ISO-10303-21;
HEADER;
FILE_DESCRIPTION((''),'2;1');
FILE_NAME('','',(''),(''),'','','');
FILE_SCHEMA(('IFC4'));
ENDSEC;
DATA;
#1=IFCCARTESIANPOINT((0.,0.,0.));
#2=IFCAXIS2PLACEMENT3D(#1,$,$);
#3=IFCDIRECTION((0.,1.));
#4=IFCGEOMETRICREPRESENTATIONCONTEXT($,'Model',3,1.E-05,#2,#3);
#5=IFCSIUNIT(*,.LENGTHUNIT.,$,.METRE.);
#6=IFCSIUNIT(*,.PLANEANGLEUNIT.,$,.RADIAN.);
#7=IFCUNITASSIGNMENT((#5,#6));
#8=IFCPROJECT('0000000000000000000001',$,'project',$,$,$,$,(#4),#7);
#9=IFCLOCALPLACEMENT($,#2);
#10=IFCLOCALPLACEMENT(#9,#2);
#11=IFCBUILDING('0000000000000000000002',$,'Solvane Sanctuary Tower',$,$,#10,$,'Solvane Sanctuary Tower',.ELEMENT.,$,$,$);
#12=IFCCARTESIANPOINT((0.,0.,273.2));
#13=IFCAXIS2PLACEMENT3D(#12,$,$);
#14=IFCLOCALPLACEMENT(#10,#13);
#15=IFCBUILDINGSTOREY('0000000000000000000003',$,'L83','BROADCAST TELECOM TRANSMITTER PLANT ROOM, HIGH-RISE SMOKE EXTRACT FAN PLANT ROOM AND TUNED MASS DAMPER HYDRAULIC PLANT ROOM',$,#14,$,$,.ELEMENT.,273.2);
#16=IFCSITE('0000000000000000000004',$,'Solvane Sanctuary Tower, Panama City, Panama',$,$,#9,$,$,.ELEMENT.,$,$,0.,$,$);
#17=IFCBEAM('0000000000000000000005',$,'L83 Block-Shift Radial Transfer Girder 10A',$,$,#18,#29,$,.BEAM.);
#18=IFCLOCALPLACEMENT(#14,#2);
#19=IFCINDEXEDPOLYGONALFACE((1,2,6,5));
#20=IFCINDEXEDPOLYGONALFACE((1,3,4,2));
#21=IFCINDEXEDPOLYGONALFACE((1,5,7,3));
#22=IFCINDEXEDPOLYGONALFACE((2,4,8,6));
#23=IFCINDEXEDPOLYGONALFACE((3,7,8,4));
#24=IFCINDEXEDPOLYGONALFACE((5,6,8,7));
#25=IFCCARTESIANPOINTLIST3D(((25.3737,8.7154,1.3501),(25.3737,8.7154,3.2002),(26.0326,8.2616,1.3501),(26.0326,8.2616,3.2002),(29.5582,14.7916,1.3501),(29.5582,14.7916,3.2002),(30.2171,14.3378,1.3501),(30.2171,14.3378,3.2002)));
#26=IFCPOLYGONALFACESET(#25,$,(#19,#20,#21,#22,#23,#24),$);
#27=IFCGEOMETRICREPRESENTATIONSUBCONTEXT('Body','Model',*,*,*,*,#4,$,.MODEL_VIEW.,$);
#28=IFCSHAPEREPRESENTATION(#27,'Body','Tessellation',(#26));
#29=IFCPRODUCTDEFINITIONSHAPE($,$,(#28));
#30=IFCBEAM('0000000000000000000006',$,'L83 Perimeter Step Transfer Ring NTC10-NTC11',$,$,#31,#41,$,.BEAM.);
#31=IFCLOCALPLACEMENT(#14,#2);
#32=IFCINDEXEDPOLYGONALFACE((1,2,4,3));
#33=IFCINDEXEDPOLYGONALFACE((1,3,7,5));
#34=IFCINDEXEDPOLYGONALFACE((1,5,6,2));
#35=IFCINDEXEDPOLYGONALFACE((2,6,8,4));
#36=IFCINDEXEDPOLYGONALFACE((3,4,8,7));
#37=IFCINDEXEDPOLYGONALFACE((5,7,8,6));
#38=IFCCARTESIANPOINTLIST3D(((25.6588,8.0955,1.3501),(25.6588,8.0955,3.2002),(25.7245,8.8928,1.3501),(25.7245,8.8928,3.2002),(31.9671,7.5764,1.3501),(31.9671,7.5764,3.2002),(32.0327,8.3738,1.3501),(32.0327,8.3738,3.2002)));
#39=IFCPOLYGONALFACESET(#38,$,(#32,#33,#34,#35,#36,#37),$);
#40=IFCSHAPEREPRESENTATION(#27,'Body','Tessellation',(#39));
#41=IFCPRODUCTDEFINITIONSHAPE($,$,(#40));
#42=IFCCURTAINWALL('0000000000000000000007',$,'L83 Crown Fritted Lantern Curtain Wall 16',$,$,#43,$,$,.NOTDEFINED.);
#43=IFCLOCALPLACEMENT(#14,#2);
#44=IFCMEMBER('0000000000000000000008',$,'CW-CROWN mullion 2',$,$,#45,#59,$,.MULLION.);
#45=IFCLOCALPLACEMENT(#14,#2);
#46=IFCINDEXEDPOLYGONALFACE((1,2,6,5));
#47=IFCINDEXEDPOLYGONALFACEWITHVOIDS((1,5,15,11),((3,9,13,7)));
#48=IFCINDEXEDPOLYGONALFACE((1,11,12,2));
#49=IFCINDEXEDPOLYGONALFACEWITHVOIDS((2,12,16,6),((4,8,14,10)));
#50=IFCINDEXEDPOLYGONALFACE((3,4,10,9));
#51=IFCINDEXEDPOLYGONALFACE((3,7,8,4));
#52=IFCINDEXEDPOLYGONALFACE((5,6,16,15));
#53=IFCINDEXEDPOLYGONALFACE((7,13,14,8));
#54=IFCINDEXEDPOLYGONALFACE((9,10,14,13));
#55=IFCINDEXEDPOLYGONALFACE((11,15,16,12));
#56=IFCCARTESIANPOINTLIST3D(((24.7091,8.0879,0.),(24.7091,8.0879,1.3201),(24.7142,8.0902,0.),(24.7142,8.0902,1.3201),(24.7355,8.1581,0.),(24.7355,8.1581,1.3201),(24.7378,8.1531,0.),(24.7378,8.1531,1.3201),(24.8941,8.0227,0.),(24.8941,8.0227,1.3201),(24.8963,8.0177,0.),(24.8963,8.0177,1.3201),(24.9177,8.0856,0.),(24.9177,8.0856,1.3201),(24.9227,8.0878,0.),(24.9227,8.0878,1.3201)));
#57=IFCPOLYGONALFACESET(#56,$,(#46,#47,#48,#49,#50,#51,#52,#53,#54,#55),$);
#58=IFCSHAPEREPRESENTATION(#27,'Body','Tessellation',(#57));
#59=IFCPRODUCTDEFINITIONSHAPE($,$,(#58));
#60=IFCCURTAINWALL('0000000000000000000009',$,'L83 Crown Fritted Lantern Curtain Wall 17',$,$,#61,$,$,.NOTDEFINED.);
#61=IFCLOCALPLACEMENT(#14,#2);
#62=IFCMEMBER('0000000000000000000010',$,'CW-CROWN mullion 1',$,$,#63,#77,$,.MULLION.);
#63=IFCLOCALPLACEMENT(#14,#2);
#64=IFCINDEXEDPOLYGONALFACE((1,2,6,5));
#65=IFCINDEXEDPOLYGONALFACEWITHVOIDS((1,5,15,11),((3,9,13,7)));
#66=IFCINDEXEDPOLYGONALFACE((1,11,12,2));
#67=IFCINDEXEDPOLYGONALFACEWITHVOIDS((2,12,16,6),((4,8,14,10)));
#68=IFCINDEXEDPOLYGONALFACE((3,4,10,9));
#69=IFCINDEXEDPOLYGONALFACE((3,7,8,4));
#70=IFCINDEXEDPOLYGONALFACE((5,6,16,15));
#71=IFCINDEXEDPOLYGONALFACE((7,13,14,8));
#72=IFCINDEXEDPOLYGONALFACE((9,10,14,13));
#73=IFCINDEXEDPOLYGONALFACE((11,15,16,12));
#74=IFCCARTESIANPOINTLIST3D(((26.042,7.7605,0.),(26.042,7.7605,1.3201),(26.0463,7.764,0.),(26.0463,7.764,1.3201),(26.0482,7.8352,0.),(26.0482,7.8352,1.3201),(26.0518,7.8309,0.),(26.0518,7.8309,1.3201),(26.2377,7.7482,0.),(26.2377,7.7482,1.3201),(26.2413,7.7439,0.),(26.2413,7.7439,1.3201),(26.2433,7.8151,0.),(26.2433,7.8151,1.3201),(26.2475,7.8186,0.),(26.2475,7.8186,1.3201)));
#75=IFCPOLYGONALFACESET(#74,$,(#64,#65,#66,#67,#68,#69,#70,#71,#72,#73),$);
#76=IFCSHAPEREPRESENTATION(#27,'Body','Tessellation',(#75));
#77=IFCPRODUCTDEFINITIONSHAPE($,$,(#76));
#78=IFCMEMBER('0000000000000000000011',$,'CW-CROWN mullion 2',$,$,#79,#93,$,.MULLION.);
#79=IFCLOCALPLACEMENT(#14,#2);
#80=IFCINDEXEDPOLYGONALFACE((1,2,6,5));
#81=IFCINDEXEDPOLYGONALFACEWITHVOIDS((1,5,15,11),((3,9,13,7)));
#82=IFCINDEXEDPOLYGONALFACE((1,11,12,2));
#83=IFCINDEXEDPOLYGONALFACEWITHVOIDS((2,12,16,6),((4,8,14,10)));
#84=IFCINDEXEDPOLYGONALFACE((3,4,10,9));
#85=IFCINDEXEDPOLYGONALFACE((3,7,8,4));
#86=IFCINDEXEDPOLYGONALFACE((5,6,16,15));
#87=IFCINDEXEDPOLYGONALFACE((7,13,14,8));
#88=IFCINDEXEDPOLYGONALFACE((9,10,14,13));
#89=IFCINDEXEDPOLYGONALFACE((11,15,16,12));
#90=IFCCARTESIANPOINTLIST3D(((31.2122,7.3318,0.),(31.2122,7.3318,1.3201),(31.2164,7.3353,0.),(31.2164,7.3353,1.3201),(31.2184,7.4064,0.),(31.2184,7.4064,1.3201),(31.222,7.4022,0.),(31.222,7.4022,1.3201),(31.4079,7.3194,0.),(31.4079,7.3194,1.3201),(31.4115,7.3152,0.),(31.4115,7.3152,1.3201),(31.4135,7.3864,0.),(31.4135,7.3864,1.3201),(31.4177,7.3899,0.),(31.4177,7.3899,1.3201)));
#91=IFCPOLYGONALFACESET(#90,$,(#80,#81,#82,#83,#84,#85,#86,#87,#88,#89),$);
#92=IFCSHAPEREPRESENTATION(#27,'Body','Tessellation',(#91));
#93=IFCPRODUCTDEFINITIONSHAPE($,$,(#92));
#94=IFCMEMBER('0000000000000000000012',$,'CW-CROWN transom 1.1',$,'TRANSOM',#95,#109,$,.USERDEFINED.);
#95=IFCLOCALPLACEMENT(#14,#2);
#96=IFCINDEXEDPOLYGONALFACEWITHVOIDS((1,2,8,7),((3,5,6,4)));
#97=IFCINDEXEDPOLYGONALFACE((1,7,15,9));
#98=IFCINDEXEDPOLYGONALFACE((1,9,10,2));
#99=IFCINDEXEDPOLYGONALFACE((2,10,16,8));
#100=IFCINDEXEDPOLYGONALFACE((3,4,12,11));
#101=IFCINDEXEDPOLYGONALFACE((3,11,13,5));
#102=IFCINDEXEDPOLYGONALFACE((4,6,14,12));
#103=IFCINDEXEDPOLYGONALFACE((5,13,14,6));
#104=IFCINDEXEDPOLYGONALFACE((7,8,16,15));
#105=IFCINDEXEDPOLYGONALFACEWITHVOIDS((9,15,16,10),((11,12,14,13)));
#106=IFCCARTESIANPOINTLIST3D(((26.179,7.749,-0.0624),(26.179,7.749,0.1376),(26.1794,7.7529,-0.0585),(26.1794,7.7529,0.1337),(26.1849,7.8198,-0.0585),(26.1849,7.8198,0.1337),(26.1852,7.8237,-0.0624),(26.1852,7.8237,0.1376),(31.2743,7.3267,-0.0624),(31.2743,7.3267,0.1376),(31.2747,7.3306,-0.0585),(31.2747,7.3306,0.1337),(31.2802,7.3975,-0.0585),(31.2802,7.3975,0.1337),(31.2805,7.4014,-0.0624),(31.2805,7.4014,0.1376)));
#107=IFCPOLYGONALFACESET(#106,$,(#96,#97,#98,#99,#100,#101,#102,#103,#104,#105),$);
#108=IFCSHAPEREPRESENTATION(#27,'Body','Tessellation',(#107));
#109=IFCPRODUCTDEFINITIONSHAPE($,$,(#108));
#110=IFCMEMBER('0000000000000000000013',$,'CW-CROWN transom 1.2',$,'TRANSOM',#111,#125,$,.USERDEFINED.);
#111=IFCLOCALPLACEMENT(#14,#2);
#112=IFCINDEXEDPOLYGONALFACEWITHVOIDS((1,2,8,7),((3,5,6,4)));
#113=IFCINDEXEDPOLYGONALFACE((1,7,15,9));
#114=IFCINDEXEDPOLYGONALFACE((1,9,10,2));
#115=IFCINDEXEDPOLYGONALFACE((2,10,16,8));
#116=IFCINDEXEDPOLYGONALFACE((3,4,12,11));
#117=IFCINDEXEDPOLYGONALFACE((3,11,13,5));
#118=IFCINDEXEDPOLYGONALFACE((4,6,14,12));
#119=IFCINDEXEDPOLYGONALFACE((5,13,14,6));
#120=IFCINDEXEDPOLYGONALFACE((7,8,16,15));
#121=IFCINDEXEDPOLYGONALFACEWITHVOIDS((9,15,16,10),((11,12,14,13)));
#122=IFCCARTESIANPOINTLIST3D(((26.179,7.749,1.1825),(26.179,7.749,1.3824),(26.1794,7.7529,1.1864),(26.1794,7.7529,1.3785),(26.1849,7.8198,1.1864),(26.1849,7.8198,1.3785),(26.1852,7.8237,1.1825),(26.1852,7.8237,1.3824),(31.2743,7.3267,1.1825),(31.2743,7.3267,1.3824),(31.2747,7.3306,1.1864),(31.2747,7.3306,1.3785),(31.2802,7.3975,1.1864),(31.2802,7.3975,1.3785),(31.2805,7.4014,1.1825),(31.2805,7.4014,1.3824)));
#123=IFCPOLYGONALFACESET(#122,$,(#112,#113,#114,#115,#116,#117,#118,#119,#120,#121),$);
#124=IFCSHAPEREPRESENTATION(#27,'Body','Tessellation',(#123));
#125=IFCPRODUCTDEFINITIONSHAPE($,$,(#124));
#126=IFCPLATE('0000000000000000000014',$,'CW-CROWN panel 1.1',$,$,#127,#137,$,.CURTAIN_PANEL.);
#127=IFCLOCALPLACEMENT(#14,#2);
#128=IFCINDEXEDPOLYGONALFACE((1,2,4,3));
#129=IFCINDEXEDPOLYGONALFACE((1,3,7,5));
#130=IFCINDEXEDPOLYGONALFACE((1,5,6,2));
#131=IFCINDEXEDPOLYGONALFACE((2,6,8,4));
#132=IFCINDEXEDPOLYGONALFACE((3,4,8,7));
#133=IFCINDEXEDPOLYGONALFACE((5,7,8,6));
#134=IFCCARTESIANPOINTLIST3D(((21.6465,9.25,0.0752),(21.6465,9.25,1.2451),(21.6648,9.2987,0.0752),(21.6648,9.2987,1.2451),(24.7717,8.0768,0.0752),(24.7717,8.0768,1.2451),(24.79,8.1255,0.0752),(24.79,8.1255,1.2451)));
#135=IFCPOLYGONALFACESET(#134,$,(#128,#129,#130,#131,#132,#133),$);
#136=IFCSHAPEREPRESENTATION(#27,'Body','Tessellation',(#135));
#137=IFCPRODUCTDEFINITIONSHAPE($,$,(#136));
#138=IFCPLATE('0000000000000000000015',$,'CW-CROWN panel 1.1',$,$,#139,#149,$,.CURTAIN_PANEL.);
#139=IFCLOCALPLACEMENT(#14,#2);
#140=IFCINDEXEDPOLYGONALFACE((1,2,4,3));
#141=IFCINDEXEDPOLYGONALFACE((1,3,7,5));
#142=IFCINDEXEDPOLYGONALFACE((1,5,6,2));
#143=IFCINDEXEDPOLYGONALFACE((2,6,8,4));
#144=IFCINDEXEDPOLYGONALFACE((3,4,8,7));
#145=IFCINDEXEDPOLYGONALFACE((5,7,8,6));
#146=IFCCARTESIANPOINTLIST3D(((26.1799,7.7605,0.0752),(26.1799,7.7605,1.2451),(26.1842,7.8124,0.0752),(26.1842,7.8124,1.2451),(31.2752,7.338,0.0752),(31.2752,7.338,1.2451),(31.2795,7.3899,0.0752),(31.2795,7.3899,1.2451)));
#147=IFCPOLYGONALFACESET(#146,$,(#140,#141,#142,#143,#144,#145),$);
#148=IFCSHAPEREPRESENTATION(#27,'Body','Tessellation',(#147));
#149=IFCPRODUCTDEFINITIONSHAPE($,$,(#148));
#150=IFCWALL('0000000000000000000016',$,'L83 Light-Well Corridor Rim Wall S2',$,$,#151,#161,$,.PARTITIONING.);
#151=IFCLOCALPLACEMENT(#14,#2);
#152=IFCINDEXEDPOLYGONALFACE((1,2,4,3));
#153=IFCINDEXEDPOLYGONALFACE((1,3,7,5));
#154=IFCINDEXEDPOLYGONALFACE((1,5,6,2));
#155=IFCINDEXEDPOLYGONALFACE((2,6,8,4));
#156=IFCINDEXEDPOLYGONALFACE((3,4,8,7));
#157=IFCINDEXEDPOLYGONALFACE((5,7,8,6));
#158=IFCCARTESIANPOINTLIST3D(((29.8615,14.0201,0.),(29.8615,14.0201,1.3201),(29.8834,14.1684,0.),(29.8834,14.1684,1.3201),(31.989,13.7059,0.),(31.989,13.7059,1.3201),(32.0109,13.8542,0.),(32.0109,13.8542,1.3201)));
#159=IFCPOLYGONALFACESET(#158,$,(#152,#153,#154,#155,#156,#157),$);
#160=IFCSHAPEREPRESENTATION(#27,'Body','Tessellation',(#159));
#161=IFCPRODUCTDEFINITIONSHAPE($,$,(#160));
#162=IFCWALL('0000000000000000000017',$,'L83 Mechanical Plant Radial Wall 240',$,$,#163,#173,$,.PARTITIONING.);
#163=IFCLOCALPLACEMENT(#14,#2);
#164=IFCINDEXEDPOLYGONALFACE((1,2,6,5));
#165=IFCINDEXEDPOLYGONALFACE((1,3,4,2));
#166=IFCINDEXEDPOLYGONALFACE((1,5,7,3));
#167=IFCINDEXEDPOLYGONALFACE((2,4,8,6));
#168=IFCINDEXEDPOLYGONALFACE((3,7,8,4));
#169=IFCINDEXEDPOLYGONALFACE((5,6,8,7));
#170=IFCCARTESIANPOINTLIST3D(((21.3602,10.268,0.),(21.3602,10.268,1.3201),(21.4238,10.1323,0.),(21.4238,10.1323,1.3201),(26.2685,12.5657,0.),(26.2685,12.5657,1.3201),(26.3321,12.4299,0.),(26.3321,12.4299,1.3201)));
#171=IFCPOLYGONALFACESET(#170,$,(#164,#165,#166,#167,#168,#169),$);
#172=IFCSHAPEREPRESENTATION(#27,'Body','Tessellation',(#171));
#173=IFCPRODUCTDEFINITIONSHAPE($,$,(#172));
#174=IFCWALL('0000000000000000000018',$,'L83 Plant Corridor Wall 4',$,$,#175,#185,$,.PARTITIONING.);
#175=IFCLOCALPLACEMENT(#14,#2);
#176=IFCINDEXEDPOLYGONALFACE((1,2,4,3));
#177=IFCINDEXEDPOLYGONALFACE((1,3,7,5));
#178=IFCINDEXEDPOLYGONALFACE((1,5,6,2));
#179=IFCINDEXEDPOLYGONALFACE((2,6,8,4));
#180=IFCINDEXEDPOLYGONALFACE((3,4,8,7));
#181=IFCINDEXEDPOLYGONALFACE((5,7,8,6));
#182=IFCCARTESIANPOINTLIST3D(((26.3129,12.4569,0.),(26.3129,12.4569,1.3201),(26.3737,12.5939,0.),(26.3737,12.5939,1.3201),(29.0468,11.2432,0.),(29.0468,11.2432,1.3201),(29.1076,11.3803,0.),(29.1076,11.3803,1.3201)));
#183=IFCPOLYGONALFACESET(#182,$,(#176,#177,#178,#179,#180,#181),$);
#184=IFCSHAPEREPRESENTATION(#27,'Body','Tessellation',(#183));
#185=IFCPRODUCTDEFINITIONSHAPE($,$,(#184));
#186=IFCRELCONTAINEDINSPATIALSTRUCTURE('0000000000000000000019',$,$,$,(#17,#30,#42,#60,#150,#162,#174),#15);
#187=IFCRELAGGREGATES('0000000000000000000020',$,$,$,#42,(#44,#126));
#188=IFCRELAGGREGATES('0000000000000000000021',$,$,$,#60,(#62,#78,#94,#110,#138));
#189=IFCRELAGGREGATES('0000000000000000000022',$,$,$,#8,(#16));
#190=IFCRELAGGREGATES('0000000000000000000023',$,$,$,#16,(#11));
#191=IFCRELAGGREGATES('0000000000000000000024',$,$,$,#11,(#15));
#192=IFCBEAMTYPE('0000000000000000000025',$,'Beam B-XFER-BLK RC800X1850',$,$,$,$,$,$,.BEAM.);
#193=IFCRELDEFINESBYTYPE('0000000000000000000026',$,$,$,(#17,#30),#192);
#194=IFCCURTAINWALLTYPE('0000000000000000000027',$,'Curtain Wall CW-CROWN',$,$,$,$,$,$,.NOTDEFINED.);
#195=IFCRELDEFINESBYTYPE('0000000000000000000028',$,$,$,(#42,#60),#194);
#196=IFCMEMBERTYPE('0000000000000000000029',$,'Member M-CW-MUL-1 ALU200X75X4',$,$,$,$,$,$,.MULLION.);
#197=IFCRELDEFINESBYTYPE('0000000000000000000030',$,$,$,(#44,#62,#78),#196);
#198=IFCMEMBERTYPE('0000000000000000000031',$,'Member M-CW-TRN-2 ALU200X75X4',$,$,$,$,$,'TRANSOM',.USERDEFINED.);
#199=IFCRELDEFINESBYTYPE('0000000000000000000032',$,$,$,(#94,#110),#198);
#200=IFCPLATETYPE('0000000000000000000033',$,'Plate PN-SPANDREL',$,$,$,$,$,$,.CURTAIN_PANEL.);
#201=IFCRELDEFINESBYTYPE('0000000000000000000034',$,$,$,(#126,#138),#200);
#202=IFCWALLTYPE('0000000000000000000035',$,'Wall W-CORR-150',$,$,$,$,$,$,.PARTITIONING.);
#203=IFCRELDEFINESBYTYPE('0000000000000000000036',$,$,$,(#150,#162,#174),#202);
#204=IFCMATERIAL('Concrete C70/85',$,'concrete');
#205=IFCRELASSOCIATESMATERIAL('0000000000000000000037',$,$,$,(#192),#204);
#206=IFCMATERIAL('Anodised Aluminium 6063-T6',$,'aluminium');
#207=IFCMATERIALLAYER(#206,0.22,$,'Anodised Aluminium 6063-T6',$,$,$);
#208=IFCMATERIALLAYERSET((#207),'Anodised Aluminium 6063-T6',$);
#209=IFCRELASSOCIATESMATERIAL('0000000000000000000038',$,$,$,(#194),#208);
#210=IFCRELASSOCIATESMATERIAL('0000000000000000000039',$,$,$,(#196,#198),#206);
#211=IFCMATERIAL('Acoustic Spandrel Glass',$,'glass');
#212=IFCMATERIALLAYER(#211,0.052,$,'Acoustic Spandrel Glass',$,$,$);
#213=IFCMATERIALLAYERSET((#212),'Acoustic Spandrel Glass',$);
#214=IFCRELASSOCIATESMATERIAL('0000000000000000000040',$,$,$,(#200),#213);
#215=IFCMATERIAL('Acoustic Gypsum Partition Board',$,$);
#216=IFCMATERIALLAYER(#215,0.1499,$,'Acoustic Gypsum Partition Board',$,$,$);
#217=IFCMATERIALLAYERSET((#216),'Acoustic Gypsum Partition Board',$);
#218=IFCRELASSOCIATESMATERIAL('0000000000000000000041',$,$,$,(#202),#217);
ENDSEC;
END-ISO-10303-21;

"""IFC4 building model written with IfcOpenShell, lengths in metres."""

from ifc_helpers import new_model, si_unit, direction, frame, frame_2d, origin, origin_2d, place, context, subcontext, project, spatial, rectangle, hollow_rectangle, extrude, material, layer, layer_set, material_profile, profile_set, type_object, element, aggregate, save


model = new_model("IFC4")

# Units and contexts
model_context = context("Model", 3, precision=1e-05, world=origin(), true_north=direction((0.0, 1.0)))
body_context = subcontext(model_context, "Body", "Model", "MODEL_VIEW")
ifc_project = project(units=[si_unit("LENGTHUNIT", "METRE"), si_unit("PLANEANGLEUNIT", "RADIAN")], contexts=[model_context])

# Site, building, storey
site_placement = place(None, origin())
site = spatial("IfcSite", under=ifc_project, at=site_placement, Name="Solvane Sanctuary Tower, Panama City, Panama", CompositionType="ELEMENT", RefElevation=0.0)
building_placement = place(site_placement, origin())
building = spatial("IfcBuilding", under=site, at=building_placement, Name="Solvane Sanctuary Tower", LongName="Solvane Sanctuary Tower", CompositionType="ELEMENT")
storey_placement = place(building_placement, frame((0.0, 0.0, 273.2)))
storey = spatial("IfcBuildingStorey", under=building, at=storey_placement, Name="L83", Description="BROADCAST TELECOM TRANSMITTER PLANT ROOM, HIGH-RISE SMOKE EXTRACT FAN PLANT ROOM AND TUNED MASS DAMPER HYDRAULIC PLANT ROOM", CompositionType="ELEMENT", Elevation=273.2)

# Beams
ifc_material_1 = material(Name="Concrete C70/85", Category="concrete")
ifc_material_profile_1 = material_profile(ifc_material_1, rectangle(XDim=0.8, YDim=1.8501, at=origin_2d()), Name="RC800X1850")
ifc_profile_set_1 = profile_set([ifc_material_profile_1], Name="Concrete C70/85")
beam_type_1 = type_object("IfcBeamType", Name="Beam B-XFER-BLK RC800X1850", PredefinedType="BEAM", material=ifc_profile_set_1)
beam_1_placement = place(storey_placement, frame((29.8877, 14.5647, 2.2751), z_axis=(-0.567192, -0.823586, 0.0), x_axis=(0.823586, -0.567192, 0.0)))
element("IfcBeam", 1, at=beam_1_placement, inside=storey, type_object=beam_type_1, Name="L83 Block-Shift Radial Transfer Girder 10A", PredefinedType="BEAM", context=body_context, shape_type="SweptSolid", body=[
    extrude(rectangle(XDim=0.8, YDim=1.8501, at=origin_2d()), origin(), (0.0, 0.0, 1.0), 7.3777),
])
beam_2_placement = place(storey_placement, frame((25.6917, 8.4941, 2.2751), z_axis=(0.996632, -0.082002, 0.0), x_axis=(0.082002, 0.996632, 0.0)))
element("IfcBeam", 2, at=beam_2_placement, inside=storey, type_object=beam_type_1, Name="L83 Perimeter Step Transfer Ring NTC10-NTC11", PredefinedType="BEAM", context=body_context, shape_type="SweptSolid", body=[
    extrude(rectangle(XDim=0.8, YDim=1.8501, at=origin_2d()), origin(), (0.0, 0.0, 1.0), 6.3296),
])

# Curtain wall, member
ifc_material_2 = material(Name="Anodised Aluminium 6063-T6", Category="aluminium")
ifc_layer_1 = layer(ifc_material_2, 0.22, Name="Anodised Aluminium 6063-T6")
ifc_layer_set_1 = layer_set([ifc_layer_1], Name="Anodised Aluminium 6063-T6")
curtain_wall_type = type_object("IfcCurtainWallType", Name="Curtain Wall CW-CROWN", PredefinedType="NOTDEFINED", material=ifc_layer_set_1)
curtain_wall_1_placement = place(storey_placement, origin())
curtain_wall_1 = element("IfcCurtainWall", 3, at=curtain_wall_1_placement, inside=storey, type_object=curtain_wall_type, Name="L83 Crown Fritted Lantern Curtain Wall 16", PredefinedType="NOTDEFINED")
ifc_material_profile_2 = material_profile(ifc_material_2, hollow_rectangle(XDim=0.075, YDim=0.2, WallThickness=0.0039, at=origin_2d()), Name="ALU200X75X4")
ifc_profile_set_2 = profile_set([ifc_material_profile_2], Name="Anodised Aluminium 6063-T6")
member_type_1 = type_object("IfcMemberType", Name="Member M-CW-MUL-1 ALU200X75X4", PredefinedType="MULLION", material=ifc_profile_set_2)
member_1_placement = place(storey_placement, frame((24.8159, 8.0879, 0.0), z_axis=(0.0, 0.0, 1.0), x_axis=(0.351475, 0.936197, 0.0)))
member_1 = element("IfcMember", 4, at=member_1_placement, type_object=member_type_1, Name="CW-CROWN mullion 2", PredefinedType="MULLION", context=body_context, shape_type="SweptSolid", body=[
    extrude(hollow_rectangle(XDim=0.075, YDim=0.2, WallThickness=0.0039, at=origin_2d()), origin(), (0.0, 0.0, 1.0), 1.3201),
])

# Curtain wall, members
curtain_wall_2_placement = place(storey_placement, origin())
curtain_wall_2 = element("IfcCurtainWall", 5, at=curtain_wall_2_placement, inside=storey, type_object=curtain_wall_type, Name="L83 Crown Fritted Lantern Curtain Wall 17", PredefinedType="NOTDEFINED")
member_2_placement = place(storey_placement, frame((26.1448, 7.7896, 0.0), z_axis=(0.0, 0.0, 1.0), x_axis=(0.082637, 0.99658, 0.0)))
member_2 = element("IfcMember", 6, at=member_2_placement, type_object=member_type_1, Name="CW-CROWN mullion 1", PredefinedType="MULLION", context=body_context, shape_type="SweptSolid", body=[
    extrude(hollow_rectangle(XDim=0.075, YDim=0.2, WallThickness=0.0039, at=origin_2d()), origin(), (0.0, 0.0, 1.0), 1.3201),
])
member_3_placement = place(storey_placement, frame((31.3149, 7.3608, 0.0), z_axis=(0.0, 0.0, 1.0), x_axis=(0.082637, 0.99658, 0.0)))
member_3 = element("IfcMember", 7, at=member_3_placement, type_object=member_type_1, Name="CW-CROWN mullion 2", PredefinedType="MULLION", context=body_context, shape_type="SweptSolid", body=[
    extrude(hollow_rectangle(XDim=0.075, YDim=0.2, WallThickness=0.0039, at=origin_2d()), origin(), (0.0, 0.0, 1.0), 1.3201),
])
ifc_material_profile_3 = material_profile(ifc_material_2, hollow_rectangle(XDim=0.075, YDim=0.2, WallThickness=0.0039, at=origin_2d()), Name="ALU200X75X4")
ifc_profile_set_3 = profile_set([ifc_material_profile_3], Name="Anodised Aluminium 6063-T6")
member_type_2 = type_object("IfcMemberType", Name="Member M-CW-TRN-2 ALU200X75X4", ElementType="TRANSOM", PredefinedType="USERDEFINED", material=ifc_profile_set_3)
member_4_placement = place(storey_placement, frame((26.1821, 7.7864, 0.0376), z_axis=(0.996582, -0.082611, 0.0), x_axis=(0.082611, 0.996582, 0.0)))
member_4 = element("IfcMember", 8, at=member_4_placement, type_object=member_type_2, Name="CW-CROWN transom 1.1", ObjectType="TRANSOM", PredefinedType="USERDEFINED", context=body_context, shape_type="SweptSolid", body=[
    extrude(hollow_rectangle(XDim=0.075, YDim=0.2, WallThickness=0.0039, at=origin_2d()), origin(), (0.0, 0.0, 1.0), 5.1128),
])
member_5_placement = place(storey_placement, frame((26.1821, 7.7864, 1.2825), z_axis=(0.996582, -0.082611, 0.0), x_axis=(0.082611, 0.996582, 0.0)))
member_5 = element("IfcMember", 9, at=member_5_placement, type_object=member_type_2, Name="CW-CROWN transom 1.2", ObjectType="TRANSOM", PredefinedType="USERDEFINED", context=body_context, shape_type="SweptSolid", body=[
    extrude(hollow_rectangle(XDim=0.075, YDim=0.2, WallThickness=0.0039, at=origin_2d()), origin(), (0.0, 0.0, 1.0), 5.1128),
])

# Plates
ifc_material_3 = material(Name="Acoustic Spandrel Glass", Category="glass")
ifc_layer_2 = layer(ifc_material_3, 0.052, Name="Acoustic Spandrel Glass")
ifc_layer_set_2 = layer_set([ifc_layer_2], Name="Acoustic Spandrel Glass")
plate_type = type_object("IfcPlateType", Name="Plate PN-SPANDREL", PredefinedType="CURTAIN_PANEL", material=ifc_layer_set_2)
plate_1_placement = place(storey_placement, frame((23.2183, 8.6877, 0.0752), z_axis=(0.0, 0.0, 1.0), x_axis=(0.936197, -0.351475, 0.0)))
plate_1 = element("IfcPlate", 10, at=plate_1_placement, type_object=plate_type, Name="CW-CROWN panel 1.1", PredefinedType="CURTAIN_PANEL", context=body_context, shape_type="SweptSolid", body=[
    extrude(rectangle(XDim=3.3381, YDim=0.052, at=origin_2d()), origin(), (0.0, 0.0, 1.0), 1.1699),
])
aggregate(curtain_wall_1, [member_1, plate_1])
plate_2_placement = place(storey_placement, frame((28.7297, 7.5752, 0.0752), z_axis=(0.0, 0.0, 1.0), x_axis=(0.99658, -0.082637, 0.0)))
plate_2 = element("IfcPlate", 11, at=plate_2_placement, type_object=plate_type, Name="CW-CROWN panel 1.1", PredefinedType="CURTAIN_PANEL", context=body_context, shape_type="SweptSolid", body=[
    extrude(rectangle(XDim=5.1128, YDim=0.052, at=origin_2d()), origin(), (0.0, 0.0, 1.0), 1.1699),
])
aggregate(curtain_wall_2, [member_2, member_3, member_4, member_5, plate_2])

# Walls
ifc_material_4 = material(Name="Acoustic Gypsum Partition Board")
ifc_layer_3 = layer(ifc_material_4, 0.1499, Name="Acoustic Gypsum Partition Board")
ifc_layer_set_3 = layer_set([ifc_layer_3], Name="Acoustic Gypsum Partition Board")
wall_type = type_object("IfcWallType", Name="Wall W-CORR-150", PredefinedType="PARTITIONING", material=ifc_layer_set_3)
wall_1_placement = place(storey_placement, frame((29.8726, 14.0942, 0.0), z_axis=(0.0, 0.0, 1.0), x_axis=(0.989269, -0.146108, 0.0)))
element("IfcWall", 12, at=wall_1_placement, inside=storey, type_object=wall_type, Name="L83 Light-Well Corridor Rim Wall S2", PredefinedType="PARTITIONING", context=body_context, shape_type="SweptSolid", body=[
    extrude(rectangle(XDim=2.1506, YDim=0.1499, at=frame_2d((1.0752, 0.0))), origin(), (0.0, 0.0, 1.0), 1.3201),
])
wall_2_placement = place(storey_placement, frame((26.3003, 12.4978, 0.0), z_axis=(0.0, 0.0, 1.0), x_axis=(-0.90568, -0.423963, 0.0)))
element("IfcWall", 13, at=wall_2_placement, inside=storey, type_object=wall_type, Name="L83 Mechanical Plant Radial Wall 240", PredefinedType="PARTITIONING", context=body_context, shape_type="SweptSolid", body=[
    extrude(rectangle(XDim=5.4194, YDim=0.1499, at=frame_2d((2.7097, 0.0))), origin(), (0.0, 0.0, 1.0), 1.3201),
])
wall_3_placement = place(storey_placement, frame((26.3433, 12.5254, 0.0), z_axis=(0.0, 0.0, 1.0), x_axis=(0.91399, -0.405737, 0.0)))
element("IfcWall", 14, at=wall_3_placement, inside=storey, type_object=wall_type, Name="L83 Plant Corridor Wall 4", PredefinedType="PARTITIONING", context=body_context, shape_type="SweptSolid", body=[
    extrude(rectangle(XDim=2.9912, YDim=0.1499, at=frame_2d((1.4956, 0.0))), origin(), (0.0, 0.0, 1.0), 1.3201),
])

save(model, "model.ifc")
